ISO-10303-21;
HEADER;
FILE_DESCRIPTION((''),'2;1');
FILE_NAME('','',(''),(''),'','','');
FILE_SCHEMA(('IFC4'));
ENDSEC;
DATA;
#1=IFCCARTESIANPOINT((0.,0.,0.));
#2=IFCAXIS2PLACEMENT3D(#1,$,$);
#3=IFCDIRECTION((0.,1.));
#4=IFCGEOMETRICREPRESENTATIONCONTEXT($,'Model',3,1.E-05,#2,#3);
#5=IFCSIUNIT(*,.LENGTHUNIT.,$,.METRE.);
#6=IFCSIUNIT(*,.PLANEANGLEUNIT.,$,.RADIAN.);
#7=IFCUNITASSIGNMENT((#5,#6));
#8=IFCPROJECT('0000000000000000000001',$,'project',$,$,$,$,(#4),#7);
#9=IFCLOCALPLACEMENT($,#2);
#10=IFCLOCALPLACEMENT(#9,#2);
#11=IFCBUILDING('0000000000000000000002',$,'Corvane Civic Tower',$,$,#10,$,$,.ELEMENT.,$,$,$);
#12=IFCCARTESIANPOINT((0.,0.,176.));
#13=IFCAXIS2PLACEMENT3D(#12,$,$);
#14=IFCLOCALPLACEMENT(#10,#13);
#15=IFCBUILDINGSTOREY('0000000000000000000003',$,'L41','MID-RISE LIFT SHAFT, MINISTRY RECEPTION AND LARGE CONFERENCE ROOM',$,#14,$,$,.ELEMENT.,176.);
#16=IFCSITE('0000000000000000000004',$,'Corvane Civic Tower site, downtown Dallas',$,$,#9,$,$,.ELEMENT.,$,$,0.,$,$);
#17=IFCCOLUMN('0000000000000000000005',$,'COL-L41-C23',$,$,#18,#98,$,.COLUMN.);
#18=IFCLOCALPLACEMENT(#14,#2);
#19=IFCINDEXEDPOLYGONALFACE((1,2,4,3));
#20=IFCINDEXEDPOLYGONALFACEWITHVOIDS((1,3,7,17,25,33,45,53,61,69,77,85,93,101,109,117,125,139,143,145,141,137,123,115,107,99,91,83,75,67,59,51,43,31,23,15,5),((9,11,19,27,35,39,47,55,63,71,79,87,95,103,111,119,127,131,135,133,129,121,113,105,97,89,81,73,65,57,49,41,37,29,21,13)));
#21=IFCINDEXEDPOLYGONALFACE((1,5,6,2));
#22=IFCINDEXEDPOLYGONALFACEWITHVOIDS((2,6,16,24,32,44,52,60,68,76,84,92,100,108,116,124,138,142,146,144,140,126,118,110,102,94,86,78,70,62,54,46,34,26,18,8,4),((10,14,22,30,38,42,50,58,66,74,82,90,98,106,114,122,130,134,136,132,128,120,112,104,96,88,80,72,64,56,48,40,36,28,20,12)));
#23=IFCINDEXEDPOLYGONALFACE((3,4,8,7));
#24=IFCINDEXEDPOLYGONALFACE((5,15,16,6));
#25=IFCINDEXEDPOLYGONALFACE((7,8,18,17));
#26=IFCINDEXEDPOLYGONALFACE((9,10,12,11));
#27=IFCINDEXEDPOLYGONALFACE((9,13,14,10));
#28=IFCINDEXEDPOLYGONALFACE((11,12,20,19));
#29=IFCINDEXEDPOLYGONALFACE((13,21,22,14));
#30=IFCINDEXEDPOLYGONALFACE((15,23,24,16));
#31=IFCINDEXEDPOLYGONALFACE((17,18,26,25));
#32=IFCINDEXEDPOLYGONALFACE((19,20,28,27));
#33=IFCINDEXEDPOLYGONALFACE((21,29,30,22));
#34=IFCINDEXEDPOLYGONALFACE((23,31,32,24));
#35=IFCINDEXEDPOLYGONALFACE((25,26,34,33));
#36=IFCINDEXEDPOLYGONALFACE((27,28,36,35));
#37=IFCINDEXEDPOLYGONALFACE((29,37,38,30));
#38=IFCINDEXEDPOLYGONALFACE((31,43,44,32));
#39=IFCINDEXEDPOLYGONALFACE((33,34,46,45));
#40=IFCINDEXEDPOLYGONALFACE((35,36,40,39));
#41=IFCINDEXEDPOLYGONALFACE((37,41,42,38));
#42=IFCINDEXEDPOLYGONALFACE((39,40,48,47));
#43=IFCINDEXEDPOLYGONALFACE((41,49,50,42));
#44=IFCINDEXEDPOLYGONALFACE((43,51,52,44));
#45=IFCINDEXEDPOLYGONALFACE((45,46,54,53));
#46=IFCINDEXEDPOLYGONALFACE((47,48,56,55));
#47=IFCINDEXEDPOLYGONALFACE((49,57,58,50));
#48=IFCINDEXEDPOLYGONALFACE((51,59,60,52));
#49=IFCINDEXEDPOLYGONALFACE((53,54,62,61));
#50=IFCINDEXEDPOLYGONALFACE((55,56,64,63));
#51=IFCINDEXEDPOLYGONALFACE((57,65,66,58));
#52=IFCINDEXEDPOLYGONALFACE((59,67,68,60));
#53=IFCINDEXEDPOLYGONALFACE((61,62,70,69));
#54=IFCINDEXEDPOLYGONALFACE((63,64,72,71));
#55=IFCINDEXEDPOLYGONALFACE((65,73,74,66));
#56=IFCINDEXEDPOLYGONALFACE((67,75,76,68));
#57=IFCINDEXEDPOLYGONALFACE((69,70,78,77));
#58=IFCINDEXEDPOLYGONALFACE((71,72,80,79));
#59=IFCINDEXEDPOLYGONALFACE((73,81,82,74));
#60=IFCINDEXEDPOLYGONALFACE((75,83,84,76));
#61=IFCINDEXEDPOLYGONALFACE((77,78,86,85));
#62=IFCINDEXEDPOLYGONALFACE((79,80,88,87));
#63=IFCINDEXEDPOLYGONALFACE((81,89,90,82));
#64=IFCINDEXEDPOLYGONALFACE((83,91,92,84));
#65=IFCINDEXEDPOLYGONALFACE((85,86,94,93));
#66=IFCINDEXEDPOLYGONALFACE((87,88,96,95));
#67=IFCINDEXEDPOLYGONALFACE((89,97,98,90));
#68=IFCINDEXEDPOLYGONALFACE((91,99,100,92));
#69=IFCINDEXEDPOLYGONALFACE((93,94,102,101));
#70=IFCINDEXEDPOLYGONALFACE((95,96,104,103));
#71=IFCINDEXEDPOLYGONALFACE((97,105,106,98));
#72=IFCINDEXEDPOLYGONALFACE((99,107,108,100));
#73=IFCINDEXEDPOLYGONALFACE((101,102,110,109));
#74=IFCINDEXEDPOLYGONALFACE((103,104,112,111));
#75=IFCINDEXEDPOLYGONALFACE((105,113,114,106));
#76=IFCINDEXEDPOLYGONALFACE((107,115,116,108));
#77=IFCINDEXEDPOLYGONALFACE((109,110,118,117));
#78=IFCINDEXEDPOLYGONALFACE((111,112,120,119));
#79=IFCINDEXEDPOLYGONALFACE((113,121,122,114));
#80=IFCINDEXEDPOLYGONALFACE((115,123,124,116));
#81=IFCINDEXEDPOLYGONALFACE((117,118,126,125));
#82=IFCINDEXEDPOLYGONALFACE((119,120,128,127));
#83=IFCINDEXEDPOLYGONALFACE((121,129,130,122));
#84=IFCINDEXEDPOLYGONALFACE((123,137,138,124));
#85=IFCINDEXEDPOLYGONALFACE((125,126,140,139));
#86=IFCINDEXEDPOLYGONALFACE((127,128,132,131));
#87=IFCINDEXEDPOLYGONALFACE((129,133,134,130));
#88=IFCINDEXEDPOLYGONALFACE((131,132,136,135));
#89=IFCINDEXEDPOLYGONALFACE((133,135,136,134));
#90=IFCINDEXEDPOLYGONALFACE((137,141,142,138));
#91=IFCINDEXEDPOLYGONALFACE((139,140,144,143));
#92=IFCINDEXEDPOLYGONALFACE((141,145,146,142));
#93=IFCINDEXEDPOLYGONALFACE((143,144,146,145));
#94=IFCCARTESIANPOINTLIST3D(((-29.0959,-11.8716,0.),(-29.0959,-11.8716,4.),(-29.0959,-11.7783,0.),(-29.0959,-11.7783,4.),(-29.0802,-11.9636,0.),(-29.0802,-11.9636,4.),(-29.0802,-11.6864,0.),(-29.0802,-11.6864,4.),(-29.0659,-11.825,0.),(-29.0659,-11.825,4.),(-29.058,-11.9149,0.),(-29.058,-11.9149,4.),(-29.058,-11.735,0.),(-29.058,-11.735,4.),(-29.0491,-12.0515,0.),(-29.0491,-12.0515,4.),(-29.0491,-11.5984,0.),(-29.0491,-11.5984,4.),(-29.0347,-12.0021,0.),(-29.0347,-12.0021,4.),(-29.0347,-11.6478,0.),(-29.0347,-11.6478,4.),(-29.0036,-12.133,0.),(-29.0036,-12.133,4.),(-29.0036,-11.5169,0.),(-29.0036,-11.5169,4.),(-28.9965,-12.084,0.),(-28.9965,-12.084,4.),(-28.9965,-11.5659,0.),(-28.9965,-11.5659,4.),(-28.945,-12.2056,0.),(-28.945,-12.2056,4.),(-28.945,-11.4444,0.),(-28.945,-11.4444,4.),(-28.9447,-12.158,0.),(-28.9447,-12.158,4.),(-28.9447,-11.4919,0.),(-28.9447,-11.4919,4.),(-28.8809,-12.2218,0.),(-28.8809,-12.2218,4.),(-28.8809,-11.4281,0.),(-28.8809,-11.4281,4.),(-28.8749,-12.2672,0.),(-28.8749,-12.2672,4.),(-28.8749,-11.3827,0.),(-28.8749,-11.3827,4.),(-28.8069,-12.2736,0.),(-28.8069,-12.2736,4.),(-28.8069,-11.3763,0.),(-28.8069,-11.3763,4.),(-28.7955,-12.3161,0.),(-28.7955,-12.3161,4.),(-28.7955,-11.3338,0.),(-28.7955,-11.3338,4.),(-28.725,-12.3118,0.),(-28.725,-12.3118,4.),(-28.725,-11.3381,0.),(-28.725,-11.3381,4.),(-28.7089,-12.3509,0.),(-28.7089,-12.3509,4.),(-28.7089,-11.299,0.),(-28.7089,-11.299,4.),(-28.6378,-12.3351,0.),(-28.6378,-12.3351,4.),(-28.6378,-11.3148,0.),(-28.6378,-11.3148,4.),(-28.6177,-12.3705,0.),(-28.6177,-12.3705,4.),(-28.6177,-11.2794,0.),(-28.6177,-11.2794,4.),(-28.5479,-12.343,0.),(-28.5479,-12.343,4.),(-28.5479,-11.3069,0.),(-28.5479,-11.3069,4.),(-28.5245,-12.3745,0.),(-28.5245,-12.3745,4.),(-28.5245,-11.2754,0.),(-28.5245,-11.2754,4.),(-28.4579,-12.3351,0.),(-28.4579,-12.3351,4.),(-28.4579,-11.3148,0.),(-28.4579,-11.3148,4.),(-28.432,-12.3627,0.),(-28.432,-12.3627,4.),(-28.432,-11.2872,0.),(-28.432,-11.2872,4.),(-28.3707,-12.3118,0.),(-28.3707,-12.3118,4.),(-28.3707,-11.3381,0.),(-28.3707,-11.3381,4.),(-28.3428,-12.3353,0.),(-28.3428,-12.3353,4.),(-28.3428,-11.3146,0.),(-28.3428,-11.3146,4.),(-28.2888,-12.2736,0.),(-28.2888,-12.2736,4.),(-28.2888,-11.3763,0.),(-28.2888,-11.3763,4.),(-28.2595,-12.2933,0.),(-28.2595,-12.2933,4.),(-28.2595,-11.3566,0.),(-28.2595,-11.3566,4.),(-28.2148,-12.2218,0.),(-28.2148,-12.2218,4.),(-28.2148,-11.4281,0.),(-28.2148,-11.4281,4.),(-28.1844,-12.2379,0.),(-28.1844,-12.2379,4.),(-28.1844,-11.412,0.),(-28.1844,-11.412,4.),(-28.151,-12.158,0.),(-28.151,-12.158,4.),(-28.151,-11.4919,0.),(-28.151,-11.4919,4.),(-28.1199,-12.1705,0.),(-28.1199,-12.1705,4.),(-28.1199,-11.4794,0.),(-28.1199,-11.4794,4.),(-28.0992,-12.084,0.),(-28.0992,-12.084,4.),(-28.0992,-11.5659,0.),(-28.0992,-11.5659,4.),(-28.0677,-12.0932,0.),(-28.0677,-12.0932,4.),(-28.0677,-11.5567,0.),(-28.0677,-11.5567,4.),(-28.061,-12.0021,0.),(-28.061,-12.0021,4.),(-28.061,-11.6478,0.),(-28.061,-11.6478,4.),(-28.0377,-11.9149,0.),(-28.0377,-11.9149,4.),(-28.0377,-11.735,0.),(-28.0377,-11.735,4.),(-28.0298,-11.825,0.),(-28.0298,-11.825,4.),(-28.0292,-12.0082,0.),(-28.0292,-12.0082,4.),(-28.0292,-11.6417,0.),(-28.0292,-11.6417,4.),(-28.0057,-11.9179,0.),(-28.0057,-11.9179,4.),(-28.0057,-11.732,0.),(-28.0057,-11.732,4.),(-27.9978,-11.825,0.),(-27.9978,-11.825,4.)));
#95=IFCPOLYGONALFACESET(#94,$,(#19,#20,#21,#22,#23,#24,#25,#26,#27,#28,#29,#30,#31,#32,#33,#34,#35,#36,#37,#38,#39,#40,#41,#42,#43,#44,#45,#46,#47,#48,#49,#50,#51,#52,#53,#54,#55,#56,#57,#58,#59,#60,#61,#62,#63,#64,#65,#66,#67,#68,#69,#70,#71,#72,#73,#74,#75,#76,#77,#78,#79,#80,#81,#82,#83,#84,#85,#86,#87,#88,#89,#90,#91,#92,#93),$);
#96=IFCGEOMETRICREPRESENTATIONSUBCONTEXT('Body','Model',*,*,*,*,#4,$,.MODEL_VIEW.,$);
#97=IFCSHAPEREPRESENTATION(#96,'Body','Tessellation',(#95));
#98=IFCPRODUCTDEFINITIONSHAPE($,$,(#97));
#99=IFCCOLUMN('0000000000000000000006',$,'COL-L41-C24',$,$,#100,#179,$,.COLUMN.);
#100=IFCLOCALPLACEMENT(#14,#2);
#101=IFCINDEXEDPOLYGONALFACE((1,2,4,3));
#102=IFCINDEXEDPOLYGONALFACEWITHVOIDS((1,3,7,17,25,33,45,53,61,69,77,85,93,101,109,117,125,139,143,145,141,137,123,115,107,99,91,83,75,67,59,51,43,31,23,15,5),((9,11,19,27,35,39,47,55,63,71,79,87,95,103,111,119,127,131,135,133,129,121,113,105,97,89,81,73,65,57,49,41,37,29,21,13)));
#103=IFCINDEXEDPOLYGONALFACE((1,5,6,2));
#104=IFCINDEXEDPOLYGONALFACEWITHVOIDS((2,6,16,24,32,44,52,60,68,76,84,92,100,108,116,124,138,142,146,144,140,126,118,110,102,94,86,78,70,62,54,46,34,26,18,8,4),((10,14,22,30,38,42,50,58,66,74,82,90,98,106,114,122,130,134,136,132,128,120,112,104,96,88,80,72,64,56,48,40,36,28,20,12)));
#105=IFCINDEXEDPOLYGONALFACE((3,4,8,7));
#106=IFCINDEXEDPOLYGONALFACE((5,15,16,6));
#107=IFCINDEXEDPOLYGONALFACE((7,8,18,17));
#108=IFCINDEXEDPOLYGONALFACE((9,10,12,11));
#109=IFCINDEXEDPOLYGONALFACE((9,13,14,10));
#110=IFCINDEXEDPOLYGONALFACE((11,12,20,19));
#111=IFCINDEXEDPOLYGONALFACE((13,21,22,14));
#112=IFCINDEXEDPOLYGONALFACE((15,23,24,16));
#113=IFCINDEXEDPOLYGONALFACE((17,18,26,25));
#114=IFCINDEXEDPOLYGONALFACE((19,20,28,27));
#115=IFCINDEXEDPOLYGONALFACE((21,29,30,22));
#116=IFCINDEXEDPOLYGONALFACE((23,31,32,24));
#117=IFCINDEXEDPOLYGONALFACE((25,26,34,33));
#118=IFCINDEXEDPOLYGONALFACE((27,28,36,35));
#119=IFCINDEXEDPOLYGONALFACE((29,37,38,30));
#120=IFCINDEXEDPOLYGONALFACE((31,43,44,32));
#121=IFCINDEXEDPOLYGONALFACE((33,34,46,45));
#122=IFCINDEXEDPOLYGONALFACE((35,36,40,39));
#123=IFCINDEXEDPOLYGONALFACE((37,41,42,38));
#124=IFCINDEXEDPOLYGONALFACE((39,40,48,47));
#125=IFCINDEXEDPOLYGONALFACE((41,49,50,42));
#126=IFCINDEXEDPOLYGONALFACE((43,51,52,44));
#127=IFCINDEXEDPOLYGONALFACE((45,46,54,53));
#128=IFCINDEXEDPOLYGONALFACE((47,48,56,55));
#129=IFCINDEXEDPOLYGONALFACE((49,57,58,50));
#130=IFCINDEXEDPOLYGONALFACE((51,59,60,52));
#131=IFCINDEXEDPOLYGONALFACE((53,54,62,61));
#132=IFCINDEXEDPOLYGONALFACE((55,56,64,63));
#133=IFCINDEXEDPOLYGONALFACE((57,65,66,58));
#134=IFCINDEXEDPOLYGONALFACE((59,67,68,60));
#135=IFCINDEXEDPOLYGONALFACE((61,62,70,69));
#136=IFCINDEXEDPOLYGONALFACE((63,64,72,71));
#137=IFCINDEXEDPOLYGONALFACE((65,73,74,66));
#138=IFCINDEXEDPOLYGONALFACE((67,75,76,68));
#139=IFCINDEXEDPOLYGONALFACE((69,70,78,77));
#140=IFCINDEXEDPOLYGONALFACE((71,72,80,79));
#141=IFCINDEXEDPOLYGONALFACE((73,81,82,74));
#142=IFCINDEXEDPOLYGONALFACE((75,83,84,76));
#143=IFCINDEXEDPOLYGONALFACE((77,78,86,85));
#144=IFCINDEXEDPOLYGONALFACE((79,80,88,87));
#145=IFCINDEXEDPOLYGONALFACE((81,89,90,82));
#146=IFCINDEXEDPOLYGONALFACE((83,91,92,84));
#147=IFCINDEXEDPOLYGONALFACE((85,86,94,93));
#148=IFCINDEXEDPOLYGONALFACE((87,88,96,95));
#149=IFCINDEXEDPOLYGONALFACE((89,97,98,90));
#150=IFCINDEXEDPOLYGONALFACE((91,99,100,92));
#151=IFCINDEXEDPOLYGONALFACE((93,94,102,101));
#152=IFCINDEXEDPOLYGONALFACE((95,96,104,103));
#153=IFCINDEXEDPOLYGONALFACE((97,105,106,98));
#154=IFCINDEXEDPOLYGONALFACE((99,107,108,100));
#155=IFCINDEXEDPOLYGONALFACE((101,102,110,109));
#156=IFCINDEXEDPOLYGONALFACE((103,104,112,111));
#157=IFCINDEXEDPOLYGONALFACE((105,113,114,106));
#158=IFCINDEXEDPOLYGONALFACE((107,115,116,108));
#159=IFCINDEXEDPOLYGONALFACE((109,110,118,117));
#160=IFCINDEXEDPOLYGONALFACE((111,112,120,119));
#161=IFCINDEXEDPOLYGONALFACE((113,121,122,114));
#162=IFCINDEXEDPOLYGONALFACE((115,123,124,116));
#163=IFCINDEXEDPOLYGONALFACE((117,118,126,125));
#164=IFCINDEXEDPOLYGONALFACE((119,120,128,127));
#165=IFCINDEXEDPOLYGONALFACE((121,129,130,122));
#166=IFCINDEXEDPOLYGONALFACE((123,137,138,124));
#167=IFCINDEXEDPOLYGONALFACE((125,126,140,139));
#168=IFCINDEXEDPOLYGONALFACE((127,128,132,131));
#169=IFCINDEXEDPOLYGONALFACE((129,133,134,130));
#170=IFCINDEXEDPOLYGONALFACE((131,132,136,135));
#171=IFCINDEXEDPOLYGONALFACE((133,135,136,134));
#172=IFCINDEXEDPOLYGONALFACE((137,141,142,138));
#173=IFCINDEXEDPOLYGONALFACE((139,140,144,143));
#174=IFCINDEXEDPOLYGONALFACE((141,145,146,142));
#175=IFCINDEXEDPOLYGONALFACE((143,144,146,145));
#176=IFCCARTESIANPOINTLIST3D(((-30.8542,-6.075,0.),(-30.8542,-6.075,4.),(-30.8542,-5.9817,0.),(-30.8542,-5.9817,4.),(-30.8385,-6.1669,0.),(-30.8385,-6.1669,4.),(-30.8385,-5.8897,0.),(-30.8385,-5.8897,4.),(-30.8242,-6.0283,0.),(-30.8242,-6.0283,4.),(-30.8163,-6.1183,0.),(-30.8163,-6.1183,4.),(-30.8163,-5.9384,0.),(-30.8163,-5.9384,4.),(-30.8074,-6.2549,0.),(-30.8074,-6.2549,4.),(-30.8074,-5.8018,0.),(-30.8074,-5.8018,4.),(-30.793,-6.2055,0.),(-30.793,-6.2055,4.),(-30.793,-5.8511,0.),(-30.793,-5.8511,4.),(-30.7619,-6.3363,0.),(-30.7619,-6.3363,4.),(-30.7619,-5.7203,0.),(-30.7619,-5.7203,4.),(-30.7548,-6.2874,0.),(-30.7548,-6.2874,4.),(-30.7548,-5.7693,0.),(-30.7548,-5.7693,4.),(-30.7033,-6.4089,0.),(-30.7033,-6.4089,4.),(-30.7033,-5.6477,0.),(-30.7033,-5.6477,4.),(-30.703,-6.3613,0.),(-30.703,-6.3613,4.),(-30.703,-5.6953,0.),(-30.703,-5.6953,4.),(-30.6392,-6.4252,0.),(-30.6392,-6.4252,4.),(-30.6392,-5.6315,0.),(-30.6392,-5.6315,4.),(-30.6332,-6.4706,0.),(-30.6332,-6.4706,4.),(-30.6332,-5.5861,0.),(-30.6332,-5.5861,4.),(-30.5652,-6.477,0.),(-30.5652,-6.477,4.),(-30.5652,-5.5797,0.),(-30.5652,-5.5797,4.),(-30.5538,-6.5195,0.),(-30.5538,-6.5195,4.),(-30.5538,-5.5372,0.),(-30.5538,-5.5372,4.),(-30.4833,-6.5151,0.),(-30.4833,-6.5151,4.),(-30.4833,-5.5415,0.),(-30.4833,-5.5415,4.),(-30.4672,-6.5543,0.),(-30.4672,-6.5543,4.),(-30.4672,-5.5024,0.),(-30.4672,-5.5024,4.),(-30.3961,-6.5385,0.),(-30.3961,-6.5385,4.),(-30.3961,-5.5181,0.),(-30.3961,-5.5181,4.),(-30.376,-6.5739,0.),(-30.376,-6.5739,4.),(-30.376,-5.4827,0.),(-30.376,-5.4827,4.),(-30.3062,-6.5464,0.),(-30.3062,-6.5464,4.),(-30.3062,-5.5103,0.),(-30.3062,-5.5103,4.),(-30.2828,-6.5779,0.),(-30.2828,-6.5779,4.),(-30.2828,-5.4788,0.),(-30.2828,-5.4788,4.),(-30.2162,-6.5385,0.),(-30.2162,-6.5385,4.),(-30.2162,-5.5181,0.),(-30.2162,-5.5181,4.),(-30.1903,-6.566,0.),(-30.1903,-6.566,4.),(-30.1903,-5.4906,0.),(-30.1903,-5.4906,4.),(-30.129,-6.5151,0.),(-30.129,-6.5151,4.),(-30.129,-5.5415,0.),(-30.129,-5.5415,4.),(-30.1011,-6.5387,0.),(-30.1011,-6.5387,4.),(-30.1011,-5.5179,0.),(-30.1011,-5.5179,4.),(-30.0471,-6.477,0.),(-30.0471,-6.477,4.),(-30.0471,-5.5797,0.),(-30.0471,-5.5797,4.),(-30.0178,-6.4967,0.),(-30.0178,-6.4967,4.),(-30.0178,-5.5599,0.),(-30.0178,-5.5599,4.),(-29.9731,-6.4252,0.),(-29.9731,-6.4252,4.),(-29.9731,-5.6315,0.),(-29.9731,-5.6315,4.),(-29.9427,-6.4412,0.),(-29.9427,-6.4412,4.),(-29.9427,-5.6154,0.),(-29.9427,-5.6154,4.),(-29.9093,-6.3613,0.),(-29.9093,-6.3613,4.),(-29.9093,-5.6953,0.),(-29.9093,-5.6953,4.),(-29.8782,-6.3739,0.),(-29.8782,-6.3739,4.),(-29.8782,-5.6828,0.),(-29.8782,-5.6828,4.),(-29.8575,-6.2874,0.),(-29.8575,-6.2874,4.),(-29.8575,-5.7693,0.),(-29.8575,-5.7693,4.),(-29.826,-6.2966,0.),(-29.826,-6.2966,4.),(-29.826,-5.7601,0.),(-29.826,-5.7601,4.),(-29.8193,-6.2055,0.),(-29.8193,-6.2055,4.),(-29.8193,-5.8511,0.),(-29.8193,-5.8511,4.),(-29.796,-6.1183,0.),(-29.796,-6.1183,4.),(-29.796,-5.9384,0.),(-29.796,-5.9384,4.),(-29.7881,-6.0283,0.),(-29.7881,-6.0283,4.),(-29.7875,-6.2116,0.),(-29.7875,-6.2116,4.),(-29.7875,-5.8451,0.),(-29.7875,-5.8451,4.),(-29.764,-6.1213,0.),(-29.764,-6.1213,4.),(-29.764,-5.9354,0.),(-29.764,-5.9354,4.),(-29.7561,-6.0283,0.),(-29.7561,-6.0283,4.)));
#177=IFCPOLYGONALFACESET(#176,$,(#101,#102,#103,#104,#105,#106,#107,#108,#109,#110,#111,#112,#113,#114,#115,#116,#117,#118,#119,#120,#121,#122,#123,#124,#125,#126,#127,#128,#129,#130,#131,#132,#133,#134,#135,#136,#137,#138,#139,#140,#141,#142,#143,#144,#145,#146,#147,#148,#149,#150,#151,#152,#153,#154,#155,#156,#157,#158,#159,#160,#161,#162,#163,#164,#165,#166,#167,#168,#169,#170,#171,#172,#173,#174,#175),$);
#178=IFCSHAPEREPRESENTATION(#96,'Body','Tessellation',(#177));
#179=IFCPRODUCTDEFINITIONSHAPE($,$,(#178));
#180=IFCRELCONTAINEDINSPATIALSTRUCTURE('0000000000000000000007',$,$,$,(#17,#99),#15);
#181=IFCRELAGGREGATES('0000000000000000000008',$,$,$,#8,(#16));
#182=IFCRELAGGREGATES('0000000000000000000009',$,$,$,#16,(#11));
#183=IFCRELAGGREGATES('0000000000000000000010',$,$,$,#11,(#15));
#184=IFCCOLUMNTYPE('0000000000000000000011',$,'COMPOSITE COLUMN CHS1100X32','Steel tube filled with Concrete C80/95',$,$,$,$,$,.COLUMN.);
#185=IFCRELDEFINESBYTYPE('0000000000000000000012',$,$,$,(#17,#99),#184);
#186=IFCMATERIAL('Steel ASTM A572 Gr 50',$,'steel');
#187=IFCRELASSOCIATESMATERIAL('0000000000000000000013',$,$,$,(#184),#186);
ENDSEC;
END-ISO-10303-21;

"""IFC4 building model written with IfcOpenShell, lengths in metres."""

from ifc_helpers import new_model, si_unit, direction, frame, origin, origin_2d, place, context, subcontext, project, spatial, hollow_circle, extrude, material, material_profile, profile_set, type_object, element, save


model = new_model("IFC4")

# Units and contexts
model_context = context("Model", 3, precision=1e-05, world=origin(), true_north=direction((0.0, 1.0)))
body_context = subcontext(model_context, "Body", "Model", "MODEL_VIEW")
ifc_project = project(units=[si_unit("LENGTHUNIT", "METRE"), si_unit("PLANEANGLEUNIT", "RADIAN")], contexts=[model_context])

# Site, building, storey
site_placement = place(None, origin())
site = spatial("IfcSite", under=ifc_project, at=site_placement, Name="Corvane Civic Tower site, downtown Dallas", CompositionType="ELEMENT", RefElevation=0.0)
building_placement = place(site_placement, origin())
building = spatial("IfcBuilding", under=site, at=building_placement, Name="Corvane Civic Tower", CompositionType="ELEMENT")
storey_placement = place(building_placement, frame((0.0, 0.0, 176.0)))
storey = spatial("IfcBuildingStorey", under=building, at=storey_placement, Name="L41", Description="MID-RISE LIFT SHAFT, MINISTRY RECEPTION AND LARGE CONFERENCE ROOM", CompositionType="ELEMENT", Elevation=176.0)

# Columns
ifc_material_1 = material(Name="Steel ASTM A572 Gr 50", Category="steel")
ifc_material_profile_1 = material_profile(ifc_material_1, hollow_circle(Radius=0.55, WallThickness=0.032, at=origin_2d()), Name="CHS1100X32")
ifc_profile_set_1 = profile_set([ifc_material_profile_1], Name="Steel ASTM A572 Gr 50")
column_type = type_object("IfcColumnType", Name="COMPOSITE COLUMN CHS1100X32", Description="Steel tube filled with Concrete C80/95", PredefinedType="COLUMN", material=ifc_profile_set_1)
for number, where, z_axis, x_axis, name in (
    (1, (-28.5479, -11.825, 0.0), (0.0, 0.0, 1.0), (1.0, 0.0, 0.0), "COL-L41-C23"),
    (2, (-30.3062, -6.0283, 0.0), (0.0, 0.0, 1.0), (1.0, 0.0, 0.0), "COL-L41-C24"),
):
    element("IfcColumn", number, at=place(storey_placement, frame(where, z_axis=z_axis, x_axis=x_axis)), inside=storey, type_object=column_type, Name=name, PredefinedType="COLUMN", context=body_context, shape_type="SweptSolid", body=[
        extrude(hollow_circle(Radius=0.55, WallThickness=0.032, at=origin_2d()), origin(), (0.0, 0.0, 1.0), 4.0),
    ])

save(model, "model.ifc")
